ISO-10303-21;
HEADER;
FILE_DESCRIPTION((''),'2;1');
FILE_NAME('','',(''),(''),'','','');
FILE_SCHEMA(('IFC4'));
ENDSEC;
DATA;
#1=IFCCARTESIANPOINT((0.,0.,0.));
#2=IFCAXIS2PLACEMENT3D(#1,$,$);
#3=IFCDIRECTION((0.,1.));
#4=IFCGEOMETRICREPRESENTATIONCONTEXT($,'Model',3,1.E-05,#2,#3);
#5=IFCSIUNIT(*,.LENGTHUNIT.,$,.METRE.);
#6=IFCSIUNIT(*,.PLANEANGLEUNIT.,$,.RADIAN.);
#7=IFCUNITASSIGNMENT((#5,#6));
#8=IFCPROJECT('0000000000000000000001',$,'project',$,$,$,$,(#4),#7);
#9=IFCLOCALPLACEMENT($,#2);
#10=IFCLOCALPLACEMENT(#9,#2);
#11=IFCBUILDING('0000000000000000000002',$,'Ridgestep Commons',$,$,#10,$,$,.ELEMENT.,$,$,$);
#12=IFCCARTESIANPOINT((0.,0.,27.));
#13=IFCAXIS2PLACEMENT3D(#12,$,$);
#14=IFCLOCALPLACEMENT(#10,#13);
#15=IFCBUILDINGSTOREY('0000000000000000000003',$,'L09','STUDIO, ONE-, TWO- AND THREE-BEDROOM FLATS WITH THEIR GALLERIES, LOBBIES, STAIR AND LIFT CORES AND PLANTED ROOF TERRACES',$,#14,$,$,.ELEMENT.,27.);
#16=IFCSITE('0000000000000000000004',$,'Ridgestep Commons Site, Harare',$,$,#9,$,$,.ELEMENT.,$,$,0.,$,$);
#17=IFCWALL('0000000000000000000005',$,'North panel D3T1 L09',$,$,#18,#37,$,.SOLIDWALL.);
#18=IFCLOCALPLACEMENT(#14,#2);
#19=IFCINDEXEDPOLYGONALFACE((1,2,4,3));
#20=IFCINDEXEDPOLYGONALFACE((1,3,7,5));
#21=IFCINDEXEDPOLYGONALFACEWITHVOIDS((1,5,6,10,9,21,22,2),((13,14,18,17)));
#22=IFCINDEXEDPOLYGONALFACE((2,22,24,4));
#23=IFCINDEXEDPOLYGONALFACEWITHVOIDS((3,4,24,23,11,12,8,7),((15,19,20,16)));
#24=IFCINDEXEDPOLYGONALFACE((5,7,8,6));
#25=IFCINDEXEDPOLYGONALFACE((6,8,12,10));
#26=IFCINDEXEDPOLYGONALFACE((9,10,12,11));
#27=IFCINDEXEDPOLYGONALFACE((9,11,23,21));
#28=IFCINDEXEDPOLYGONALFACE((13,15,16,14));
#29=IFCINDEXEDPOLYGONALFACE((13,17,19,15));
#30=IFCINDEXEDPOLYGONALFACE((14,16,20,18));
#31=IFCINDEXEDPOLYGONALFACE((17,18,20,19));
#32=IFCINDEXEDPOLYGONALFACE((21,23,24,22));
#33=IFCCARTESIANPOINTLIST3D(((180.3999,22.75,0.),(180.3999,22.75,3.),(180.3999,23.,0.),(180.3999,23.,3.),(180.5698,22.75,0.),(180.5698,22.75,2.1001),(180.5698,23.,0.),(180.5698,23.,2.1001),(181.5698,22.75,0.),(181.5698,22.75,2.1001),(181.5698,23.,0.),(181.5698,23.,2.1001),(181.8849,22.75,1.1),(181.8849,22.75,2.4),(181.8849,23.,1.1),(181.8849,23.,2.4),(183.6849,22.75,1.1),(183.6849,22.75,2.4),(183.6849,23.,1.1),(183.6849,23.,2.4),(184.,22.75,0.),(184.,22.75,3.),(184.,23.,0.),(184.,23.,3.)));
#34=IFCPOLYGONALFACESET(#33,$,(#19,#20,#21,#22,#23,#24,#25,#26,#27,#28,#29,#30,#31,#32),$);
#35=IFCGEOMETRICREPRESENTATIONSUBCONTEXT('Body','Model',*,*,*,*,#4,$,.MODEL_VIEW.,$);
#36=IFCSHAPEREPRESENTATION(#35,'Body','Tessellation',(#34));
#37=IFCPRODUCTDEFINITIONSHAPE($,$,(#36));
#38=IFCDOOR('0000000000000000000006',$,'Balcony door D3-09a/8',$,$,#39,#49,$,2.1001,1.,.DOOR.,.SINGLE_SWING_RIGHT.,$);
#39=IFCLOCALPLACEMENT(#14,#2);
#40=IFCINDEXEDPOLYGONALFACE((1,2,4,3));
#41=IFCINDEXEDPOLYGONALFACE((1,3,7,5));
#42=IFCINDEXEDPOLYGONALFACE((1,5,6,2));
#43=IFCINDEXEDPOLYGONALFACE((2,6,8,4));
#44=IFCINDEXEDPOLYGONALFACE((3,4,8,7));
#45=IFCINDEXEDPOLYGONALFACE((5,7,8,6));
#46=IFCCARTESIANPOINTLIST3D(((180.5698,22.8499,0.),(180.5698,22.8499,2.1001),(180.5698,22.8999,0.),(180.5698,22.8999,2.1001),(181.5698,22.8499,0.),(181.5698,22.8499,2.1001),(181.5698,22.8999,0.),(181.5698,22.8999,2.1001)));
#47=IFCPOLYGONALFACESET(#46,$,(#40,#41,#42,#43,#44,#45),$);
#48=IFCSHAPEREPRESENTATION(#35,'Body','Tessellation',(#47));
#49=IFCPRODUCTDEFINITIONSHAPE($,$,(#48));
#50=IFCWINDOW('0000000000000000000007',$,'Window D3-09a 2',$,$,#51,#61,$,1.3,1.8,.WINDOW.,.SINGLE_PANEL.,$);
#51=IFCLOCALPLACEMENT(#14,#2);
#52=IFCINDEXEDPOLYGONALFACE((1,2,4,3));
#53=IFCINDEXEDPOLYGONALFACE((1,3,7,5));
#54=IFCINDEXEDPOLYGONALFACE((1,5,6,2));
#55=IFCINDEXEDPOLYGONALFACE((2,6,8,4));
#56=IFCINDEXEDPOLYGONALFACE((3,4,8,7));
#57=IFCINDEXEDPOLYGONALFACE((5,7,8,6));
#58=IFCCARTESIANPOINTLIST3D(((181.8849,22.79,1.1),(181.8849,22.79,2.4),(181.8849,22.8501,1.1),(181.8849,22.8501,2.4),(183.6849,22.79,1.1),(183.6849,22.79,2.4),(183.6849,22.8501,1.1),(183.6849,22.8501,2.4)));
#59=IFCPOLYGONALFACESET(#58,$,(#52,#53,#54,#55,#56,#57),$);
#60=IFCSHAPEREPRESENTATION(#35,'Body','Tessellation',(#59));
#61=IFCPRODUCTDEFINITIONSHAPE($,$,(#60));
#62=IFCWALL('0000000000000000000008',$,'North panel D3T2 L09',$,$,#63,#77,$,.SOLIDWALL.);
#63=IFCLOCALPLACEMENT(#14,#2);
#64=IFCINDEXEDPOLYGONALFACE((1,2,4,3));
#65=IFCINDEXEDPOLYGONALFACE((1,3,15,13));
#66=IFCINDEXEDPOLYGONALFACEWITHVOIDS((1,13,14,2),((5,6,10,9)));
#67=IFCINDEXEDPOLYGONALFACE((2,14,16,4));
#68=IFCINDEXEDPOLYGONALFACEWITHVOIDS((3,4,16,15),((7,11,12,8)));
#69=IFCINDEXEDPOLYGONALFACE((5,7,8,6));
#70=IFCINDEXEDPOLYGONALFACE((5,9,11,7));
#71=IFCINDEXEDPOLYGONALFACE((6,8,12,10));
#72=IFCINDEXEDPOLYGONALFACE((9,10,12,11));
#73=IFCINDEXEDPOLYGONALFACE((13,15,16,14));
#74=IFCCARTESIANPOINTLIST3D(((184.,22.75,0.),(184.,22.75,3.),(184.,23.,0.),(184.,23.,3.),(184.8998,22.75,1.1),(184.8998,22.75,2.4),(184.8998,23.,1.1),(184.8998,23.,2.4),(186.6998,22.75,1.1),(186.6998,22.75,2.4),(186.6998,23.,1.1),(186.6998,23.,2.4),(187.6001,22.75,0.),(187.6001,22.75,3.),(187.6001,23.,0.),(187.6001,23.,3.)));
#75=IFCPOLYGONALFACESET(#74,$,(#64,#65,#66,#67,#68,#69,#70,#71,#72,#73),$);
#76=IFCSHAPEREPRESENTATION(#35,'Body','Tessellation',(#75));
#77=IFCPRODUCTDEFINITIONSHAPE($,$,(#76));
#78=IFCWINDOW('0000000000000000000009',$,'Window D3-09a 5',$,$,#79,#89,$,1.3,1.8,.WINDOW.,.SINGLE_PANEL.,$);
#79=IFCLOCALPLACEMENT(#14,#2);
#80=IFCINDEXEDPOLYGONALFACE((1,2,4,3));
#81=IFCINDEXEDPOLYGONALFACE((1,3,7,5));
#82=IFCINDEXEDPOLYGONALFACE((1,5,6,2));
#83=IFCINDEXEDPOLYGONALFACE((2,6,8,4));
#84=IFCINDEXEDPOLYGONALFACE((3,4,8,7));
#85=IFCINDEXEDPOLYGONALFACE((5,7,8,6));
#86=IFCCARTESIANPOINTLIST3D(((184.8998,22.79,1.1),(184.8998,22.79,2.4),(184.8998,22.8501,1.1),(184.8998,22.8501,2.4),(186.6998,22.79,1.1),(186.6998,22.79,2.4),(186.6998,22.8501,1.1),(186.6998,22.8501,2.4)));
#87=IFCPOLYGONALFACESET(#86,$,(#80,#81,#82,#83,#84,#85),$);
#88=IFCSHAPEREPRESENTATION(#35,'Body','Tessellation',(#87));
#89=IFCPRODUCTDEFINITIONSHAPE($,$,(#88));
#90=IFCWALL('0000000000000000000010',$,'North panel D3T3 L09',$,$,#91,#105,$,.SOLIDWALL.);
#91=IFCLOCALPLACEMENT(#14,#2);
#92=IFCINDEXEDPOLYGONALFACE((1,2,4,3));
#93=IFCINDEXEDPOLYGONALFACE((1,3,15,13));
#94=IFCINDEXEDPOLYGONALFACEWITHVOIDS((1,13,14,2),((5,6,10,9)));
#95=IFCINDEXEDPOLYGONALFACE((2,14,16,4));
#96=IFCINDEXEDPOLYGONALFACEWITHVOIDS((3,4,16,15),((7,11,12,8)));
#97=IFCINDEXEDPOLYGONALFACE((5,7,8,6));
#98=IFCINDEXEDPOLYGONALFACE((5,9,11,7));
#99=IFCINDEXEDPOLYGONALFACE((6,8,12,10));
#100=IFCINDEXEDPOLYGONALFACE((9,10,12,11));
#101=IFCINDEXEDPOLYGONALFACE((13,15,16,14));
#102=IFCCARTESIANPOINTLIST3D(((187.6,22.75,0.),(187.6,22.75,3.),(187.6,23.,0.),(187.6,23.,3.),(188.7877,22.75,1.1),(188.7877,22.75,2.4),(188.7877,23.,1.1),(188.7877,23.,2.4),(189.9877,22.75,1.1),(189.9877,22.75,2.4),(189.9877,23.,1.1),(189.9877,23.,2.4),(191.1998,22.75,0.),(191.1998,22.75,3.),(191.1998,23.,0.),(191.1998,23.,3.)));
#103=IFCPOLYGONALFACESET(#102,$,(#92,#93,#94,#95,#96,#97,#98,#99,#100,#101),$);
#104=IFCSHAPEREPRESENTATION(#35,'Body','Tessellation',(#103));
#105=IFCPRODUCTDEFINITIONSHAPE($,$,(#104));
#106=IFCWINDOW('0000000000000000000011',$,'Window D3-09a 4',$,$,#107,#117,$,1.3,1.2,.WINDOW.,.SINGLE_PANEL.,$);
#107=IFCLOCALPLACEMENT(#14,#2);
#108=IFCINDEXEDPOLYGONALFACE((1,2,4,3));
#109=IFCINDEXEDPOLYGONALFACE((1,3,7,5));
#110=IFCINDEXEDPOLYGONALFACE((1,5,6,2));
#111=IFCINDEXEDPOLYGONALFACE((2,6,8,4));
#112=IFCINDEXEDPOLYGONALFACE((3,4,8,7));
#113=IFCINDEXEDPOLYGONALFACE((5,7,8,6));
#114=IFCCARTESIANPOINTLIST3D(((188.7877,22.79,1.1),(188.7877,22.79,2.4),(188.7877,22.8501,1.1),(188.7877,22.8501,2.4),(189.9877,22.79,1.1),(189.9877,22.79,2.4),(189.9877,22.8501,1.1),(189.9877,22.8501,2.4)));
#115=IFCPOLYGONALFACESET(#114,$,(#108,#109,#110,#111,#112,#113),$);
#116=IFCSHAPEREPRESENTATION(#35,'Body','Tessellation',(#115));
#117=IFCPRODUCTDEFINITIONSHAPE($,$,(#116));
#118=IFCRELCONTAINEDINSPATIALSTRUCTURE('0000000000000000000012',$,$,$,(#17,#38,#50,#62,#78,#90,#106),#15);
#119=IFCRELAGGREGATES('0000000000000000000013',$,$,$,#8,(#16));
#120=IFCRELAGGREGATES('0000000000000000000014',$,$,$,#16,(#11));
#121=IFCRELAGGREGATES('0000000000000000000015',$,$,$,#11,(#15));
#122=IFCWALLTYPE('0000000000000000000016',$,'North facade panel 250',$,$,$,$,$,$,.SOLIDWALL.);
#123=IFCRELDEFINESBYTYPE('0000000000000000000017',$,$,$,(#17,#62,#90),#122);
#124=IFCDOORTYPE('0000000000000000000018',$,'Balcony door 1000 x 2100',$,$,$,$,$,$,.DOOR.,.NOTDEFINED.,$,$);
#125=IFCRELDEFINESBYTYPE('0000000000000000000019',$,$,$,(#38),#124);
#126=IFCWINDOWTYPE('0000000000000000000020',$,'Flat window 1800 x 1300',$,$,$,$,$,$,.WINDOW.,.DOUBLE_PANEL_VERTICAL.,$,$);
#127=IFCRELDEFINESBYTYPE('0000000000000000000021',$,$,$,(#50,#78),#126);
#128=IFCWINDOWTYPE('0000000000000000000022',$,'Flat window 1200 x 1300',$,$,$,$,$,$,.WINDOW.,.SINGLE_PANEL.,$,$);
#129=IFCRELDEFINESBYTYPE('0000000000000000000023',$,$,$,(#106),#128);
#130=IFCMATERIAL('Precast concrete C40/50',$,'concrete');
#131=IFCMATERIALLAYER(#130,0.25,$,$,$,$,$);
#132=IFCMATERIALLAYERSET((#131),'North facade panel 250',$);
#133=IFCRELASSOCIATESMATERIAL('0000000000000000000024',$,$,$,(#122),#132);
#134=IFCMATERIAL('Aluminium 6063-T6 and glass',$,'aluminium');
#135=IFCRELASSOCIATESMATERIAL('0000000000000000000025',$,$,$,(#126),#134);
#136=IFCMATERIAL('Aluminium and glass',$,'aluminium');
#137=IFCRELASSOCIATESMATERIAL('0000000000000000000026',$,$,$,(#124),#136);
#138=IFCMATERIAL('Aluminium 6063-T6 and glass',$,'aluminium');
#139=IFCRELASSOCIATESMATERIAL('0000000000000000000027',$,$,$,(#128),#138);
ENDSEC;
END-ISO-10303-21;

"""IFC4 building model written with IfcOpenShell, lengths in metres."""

from ifc_helpers import new_model, si_unit, direction, frame, frame_2d, origin, place, context, subcontext, project, spatial, rectangle, extrude, material, layer, layer_set, type_object, element, fill, save


model = new_model("IFC4")

# Units and contexts
model_context = context("Model", 3, precision=1e-05, world=origin(), true_north=direction((0.0, 1.0)))
body_context = subcontext(model_context, "Body", "Model", "MODEL_VIEW")
ifc_project = project(units=[si_unit("LENGTHUNIT", "METRE"), si_unit("PLANEANGLEUNIT", "RADIAN")], contexts=[model_context])

# Site, building, storey
site_placement = place(None, origin())
site = spatial("IfcSite", under=ifc_project, at=site_placement, Name="Ridgestep Commons Site, Harare", CompositionType="ELEMENT", RefElevation=0.0)
building_placement = place(site_placement, origin())
building = spatial("IfcBuilding", under=site, at=building_placement, Name="Ridgestep Commons", CompositionType="ELEMENT")
storey_placement = place(building_placement, frame((0.0, 0.0, 27.0)))
storey = spatial("IfcBuildingStorey", under=building, at=storey_placement, Name="L09", Description="STUDIO, ONE-, TWO- AND THREE-BEDROOM FLATS WITH THEIR GALLERIES, LOBBIES, STAIR AND LIFT CORES AND PLANTED ROOF TERRACES", CompositionType="ELEMENT", Elevation=27.0)

# Shared definitions
ifc_material_1 = material(Name="Precast concrete C40/50", Category="concrete")
ifc_layer_1 = layer(ifc_material_1, 0.25)
ifc_layer_set_1 = layer_set([ifc_layer_1], Name="North facade panel 250")
wall_type_1 = type_object("IfcWallType", Name="North facade panel 250", PredefinedType="SOLIDWALL", material=ifc_layer_set_1)
ifc_material_2 = material(Name="Aluminium 6063-T6 and glass", Category="aluminium")
window_type_1 = type_object("IfcWindowType", Name="Flat window 1800 x 1300", PartitioningType="DOUBLE_PANEL_VERTICAL", PredefinedType="WINDOW", material=ifc_material_2)

# Wall, openings, door, window
wall_1_placement = place(storey_placement, frame((180.3999, 22.875, 0.0), z_axis=(0.0, 0.0, 1.0), x_axis=(1.0, 0.0, 0.0)))
wall_1 = element("IfcWall", 1, at=wall_1_placement, inside=storey, type_object=wall_type_1, Name="North panel D3T1 L09", PredefinedType="SOLIDWALL", context=body_context, shape_type="SweptSolid", body=[
    extrude(rectangle(XDim=3.6001, YDim=0.25, at=frame_2d((1.8, 0.0))), origin(), (0.0, 0.0, 1.0), 3.0),
])
opening_1_placement = place(wall_1_placement, frame((1.4851, 0.0, 1.1001)))
opening_1 = element("IfcOpeningElement", 2, at=opening_1_placement, cuts=wall_1, PredefinedType="OPENING", context=body_context, shape_type="SweptSolid", body=[
    extrude(rectangle(XDim=1.8, YDim=1.3, at=frame_2d((0.8999, 0.6499))), frame((0.0, 0.135, 0.0), z_axis=(0.0, -1.0, 0.0), x_axis=(1.0, 0.0, 0.0)), (0.0, 0.0, 1.0), 0.27),
])
opening_2_placement = place(wall_1_placement, frame((0.1699, 0.0, 0.0)))
opening_2 = element("IfcOpeningElement", 3, at=opening_2_placement, cuts=wall_1, PredefinedType="OPENING", context=body_context, shape_type="SweptSolid", body=[
    extrude(rectangle(XDim=1.0, YDim=2.1001, at=frame_2d((0.5, 1.05))), frame((0.0, 0.135, 0.0), z_axis=(0.0, -1.0, 0.0), x_axis=(1.0, 0.0, 0.0)), (0.0, 0.0, 1.0), 0.27),
])
ifc_material_3 = material(Name="Aluminium and glass", Category="aluminium")
door_type_1 = type_object("IfcDoorType", Name="Balcony door 1000 x 2100", OperationType="NOTDEFINED", PredefinedType="DOOR", material=ifc_material_3)
door_1_placement = place(opening_2_placement, origin())
door_1 = element("IfcDoor", 4, at=door_1_placement, inside=storey, type_object=door_type_1, Name="Balcony door D3-09a/8", OperationType="SINGLE_SWING_RIGHT", OverallHeight=2.1001, OverallWidth=1.0, PredefinedType="DOOR", context=body_context, shape_type="SweptSolid", body=[
    extrude(rectangle(XDim=1.0, YDim=2.1001, at=frame_2d((0.5, 1.05))), frame((0.0, 0.0249, 0.0), z_axis=(0.0, -1.0, 0.0), x_axis=(1.0, 0.0, 0.0)), (0.0, 0.0, 1.0), 0.05),
])
fill(opening_2, door_1)
window_1_placement = place(opening_1_placement, origin())
window_1 = element("IfcWindow", 5, at=window_1_placement, inside=storey, type_object=window_type_1, Name="Window D3-09a 2", OverallHeight=1.3, OverallWidth=1.8, PartitioningType="SINGLE_PANEL", PredefinedType="WINDOW", context=body_context, shape_type="SweptSolid", body=[
    extrude(rectangle(XDim=1.8, YDim=1.3, at=frame_2d((0.8999, 0.6499))), frame((0.0, -0.0249, 0.0), z_axis=(0.0, -1.0, 0.0), x_axis=(1.0, 0.0, 0.0)), (0.0, 0.0, 1.0), 0.0601),
])
fill(opening_1, window_1)

# Walls, openings, windows
wall_2_placement = place(storey_placement, frame((184.0, 22.875, 0.0), z_axis=(0.0, 0.0, 1.0), x_axis=(1.0, 0.0, 0.0)))
wall_2 = element("IfcWall", 6, at=wall_2_placement, inside=storey, type_object=wall_type_1, Name="North panel D3T2 L09", PredefinedType="SOLIDWALL", context=body_context, shape_type="SweptSolid", body=[
    extrude(rectangle(XDim=3.6001, YDim=0.25, at=frame_2d((1.8, 0.0))), origin(), (0.0, 0.0, 1.0), 3.0),
])
opening_3_placement = place(wall_2_placement, frame((0.8999, 0.0, 1.1001)))
opening_3 = element("IfcOpeningElement", 7, at=opening_3_placement, cuts=wall_2, PredefinedType="OPENING", context=body_context, shape_type="SweptSolid", body=[
    extrude(rectangle(XDim=1.8, YDim=1.3, at=frame_2d((0.8999, 0.6499))), frame((0.0, 0.135, 0.0), z_axis=(0.0, -1.0, 0.0), x_axis=(1.0, 0.0, 0.0)), (0.0, 0.0, 1.0), 0.27),
])
window_2_placement = place(opening_3_placement, origin())
window_2 = element("IfcWindow", 8, at=window_2_placement, inside=storey, type_object=window_type_1, Name="Window D3-09a 5", OverallHeight=1.3, OverallWidth=1.8, PartitioningType="SINGLE_PANEL", PredefinedType="WINDOW", context=body_context, shape_type="SweptSolid", body=[
    extrude(rectangle(XDim=1.8, YDim=1.3, at=frame_2d((0.8999, 0.6499))), frame((0.0, -0.0249, 0.0), z_axis=(0.0, -1.0, 0.0), x_axis=(1.0, 0.0, 0.0)), (0.0, 0.0, 1.0), 0.0601),
])
fill(opening_3, window_2)
wall_3_placement = place(storey_placement, frame((187.6001, 22.875, 0.0), z_axis=(0.0, 0.0, 1.0), x_axis=(1.0, 0.0, 0.0)))
wall_3 = element("IfcWall", 9, at=wall_3_placement, inside=storey, type_object=wall_type_1, Name="North panel D3T3 L09", PredefinedType="SOLIDWALL", context=body_context, shape_type="SweptSolid", body=[
    extrude(rectangle(XDim=3.5999, YDim=0.25, at=frame_2d((1.7998, 0.0))), origin(), (0.0, 0.0, 1.0), 3.0),
])
opening_4_placement = place(wall_3_placement, frame((1.1875, 0.0, 1.1001)))
opening_4 = element("IfcOpeningElement", 10, at=opening_4_placement, cuts=wall_3, PredefinedType="OPENING", context=body_context, shape_type="SweptSolid", body=[
    extrude(rectangle(XDim=1.2, YDim=1.3, at=frame_2d((0.6001, 0.6499))), frame((0.0, 0.135, 0.0), z_axis=(0.0, -1.0, 0.0), x_axis=(1.0, 0.0, 0.0)), (0.0, 0.0, 1.0), 0.27),
])
ifc_material_4 = material(Name="Aluminium 6063-T6 and glass", Category="aluminium")
window_type_2 = type_object("IfcWindowType", Name="Flat window 1200 x 1300", PartitioningType="SINGLE_PANEL", PredefinedType="WINDOW", material=ifc_material_4)
window_3_placement = place(opening_4_placement, origin())
window_3 = element("IfcWindow", 11, at=window_3_placement, inside=storey, type_object=window_type_2, Name="Window D3-09a 4", OverallHeight=1.3, OverallWidth=1.2, PartitioningType="SINGLE_PANEL", PredefinedType="WINDOW", context=body_context, shape_type="SweptSolid", body=[
    extrude(rectangle(XDim=1.2, YDim=1.3, at=frame_2d((0.6001, 0.6499))), frame((0.0, -0.0249, 0.0), z_axis=(0.0, -1.0, 0.0), x_axis=(1.0, 0.0, 0.0)), (0.0, 0.0, 1.0), 0.0601),
])
fill(opening_4, window_3)

save(model, "model.ifc")
